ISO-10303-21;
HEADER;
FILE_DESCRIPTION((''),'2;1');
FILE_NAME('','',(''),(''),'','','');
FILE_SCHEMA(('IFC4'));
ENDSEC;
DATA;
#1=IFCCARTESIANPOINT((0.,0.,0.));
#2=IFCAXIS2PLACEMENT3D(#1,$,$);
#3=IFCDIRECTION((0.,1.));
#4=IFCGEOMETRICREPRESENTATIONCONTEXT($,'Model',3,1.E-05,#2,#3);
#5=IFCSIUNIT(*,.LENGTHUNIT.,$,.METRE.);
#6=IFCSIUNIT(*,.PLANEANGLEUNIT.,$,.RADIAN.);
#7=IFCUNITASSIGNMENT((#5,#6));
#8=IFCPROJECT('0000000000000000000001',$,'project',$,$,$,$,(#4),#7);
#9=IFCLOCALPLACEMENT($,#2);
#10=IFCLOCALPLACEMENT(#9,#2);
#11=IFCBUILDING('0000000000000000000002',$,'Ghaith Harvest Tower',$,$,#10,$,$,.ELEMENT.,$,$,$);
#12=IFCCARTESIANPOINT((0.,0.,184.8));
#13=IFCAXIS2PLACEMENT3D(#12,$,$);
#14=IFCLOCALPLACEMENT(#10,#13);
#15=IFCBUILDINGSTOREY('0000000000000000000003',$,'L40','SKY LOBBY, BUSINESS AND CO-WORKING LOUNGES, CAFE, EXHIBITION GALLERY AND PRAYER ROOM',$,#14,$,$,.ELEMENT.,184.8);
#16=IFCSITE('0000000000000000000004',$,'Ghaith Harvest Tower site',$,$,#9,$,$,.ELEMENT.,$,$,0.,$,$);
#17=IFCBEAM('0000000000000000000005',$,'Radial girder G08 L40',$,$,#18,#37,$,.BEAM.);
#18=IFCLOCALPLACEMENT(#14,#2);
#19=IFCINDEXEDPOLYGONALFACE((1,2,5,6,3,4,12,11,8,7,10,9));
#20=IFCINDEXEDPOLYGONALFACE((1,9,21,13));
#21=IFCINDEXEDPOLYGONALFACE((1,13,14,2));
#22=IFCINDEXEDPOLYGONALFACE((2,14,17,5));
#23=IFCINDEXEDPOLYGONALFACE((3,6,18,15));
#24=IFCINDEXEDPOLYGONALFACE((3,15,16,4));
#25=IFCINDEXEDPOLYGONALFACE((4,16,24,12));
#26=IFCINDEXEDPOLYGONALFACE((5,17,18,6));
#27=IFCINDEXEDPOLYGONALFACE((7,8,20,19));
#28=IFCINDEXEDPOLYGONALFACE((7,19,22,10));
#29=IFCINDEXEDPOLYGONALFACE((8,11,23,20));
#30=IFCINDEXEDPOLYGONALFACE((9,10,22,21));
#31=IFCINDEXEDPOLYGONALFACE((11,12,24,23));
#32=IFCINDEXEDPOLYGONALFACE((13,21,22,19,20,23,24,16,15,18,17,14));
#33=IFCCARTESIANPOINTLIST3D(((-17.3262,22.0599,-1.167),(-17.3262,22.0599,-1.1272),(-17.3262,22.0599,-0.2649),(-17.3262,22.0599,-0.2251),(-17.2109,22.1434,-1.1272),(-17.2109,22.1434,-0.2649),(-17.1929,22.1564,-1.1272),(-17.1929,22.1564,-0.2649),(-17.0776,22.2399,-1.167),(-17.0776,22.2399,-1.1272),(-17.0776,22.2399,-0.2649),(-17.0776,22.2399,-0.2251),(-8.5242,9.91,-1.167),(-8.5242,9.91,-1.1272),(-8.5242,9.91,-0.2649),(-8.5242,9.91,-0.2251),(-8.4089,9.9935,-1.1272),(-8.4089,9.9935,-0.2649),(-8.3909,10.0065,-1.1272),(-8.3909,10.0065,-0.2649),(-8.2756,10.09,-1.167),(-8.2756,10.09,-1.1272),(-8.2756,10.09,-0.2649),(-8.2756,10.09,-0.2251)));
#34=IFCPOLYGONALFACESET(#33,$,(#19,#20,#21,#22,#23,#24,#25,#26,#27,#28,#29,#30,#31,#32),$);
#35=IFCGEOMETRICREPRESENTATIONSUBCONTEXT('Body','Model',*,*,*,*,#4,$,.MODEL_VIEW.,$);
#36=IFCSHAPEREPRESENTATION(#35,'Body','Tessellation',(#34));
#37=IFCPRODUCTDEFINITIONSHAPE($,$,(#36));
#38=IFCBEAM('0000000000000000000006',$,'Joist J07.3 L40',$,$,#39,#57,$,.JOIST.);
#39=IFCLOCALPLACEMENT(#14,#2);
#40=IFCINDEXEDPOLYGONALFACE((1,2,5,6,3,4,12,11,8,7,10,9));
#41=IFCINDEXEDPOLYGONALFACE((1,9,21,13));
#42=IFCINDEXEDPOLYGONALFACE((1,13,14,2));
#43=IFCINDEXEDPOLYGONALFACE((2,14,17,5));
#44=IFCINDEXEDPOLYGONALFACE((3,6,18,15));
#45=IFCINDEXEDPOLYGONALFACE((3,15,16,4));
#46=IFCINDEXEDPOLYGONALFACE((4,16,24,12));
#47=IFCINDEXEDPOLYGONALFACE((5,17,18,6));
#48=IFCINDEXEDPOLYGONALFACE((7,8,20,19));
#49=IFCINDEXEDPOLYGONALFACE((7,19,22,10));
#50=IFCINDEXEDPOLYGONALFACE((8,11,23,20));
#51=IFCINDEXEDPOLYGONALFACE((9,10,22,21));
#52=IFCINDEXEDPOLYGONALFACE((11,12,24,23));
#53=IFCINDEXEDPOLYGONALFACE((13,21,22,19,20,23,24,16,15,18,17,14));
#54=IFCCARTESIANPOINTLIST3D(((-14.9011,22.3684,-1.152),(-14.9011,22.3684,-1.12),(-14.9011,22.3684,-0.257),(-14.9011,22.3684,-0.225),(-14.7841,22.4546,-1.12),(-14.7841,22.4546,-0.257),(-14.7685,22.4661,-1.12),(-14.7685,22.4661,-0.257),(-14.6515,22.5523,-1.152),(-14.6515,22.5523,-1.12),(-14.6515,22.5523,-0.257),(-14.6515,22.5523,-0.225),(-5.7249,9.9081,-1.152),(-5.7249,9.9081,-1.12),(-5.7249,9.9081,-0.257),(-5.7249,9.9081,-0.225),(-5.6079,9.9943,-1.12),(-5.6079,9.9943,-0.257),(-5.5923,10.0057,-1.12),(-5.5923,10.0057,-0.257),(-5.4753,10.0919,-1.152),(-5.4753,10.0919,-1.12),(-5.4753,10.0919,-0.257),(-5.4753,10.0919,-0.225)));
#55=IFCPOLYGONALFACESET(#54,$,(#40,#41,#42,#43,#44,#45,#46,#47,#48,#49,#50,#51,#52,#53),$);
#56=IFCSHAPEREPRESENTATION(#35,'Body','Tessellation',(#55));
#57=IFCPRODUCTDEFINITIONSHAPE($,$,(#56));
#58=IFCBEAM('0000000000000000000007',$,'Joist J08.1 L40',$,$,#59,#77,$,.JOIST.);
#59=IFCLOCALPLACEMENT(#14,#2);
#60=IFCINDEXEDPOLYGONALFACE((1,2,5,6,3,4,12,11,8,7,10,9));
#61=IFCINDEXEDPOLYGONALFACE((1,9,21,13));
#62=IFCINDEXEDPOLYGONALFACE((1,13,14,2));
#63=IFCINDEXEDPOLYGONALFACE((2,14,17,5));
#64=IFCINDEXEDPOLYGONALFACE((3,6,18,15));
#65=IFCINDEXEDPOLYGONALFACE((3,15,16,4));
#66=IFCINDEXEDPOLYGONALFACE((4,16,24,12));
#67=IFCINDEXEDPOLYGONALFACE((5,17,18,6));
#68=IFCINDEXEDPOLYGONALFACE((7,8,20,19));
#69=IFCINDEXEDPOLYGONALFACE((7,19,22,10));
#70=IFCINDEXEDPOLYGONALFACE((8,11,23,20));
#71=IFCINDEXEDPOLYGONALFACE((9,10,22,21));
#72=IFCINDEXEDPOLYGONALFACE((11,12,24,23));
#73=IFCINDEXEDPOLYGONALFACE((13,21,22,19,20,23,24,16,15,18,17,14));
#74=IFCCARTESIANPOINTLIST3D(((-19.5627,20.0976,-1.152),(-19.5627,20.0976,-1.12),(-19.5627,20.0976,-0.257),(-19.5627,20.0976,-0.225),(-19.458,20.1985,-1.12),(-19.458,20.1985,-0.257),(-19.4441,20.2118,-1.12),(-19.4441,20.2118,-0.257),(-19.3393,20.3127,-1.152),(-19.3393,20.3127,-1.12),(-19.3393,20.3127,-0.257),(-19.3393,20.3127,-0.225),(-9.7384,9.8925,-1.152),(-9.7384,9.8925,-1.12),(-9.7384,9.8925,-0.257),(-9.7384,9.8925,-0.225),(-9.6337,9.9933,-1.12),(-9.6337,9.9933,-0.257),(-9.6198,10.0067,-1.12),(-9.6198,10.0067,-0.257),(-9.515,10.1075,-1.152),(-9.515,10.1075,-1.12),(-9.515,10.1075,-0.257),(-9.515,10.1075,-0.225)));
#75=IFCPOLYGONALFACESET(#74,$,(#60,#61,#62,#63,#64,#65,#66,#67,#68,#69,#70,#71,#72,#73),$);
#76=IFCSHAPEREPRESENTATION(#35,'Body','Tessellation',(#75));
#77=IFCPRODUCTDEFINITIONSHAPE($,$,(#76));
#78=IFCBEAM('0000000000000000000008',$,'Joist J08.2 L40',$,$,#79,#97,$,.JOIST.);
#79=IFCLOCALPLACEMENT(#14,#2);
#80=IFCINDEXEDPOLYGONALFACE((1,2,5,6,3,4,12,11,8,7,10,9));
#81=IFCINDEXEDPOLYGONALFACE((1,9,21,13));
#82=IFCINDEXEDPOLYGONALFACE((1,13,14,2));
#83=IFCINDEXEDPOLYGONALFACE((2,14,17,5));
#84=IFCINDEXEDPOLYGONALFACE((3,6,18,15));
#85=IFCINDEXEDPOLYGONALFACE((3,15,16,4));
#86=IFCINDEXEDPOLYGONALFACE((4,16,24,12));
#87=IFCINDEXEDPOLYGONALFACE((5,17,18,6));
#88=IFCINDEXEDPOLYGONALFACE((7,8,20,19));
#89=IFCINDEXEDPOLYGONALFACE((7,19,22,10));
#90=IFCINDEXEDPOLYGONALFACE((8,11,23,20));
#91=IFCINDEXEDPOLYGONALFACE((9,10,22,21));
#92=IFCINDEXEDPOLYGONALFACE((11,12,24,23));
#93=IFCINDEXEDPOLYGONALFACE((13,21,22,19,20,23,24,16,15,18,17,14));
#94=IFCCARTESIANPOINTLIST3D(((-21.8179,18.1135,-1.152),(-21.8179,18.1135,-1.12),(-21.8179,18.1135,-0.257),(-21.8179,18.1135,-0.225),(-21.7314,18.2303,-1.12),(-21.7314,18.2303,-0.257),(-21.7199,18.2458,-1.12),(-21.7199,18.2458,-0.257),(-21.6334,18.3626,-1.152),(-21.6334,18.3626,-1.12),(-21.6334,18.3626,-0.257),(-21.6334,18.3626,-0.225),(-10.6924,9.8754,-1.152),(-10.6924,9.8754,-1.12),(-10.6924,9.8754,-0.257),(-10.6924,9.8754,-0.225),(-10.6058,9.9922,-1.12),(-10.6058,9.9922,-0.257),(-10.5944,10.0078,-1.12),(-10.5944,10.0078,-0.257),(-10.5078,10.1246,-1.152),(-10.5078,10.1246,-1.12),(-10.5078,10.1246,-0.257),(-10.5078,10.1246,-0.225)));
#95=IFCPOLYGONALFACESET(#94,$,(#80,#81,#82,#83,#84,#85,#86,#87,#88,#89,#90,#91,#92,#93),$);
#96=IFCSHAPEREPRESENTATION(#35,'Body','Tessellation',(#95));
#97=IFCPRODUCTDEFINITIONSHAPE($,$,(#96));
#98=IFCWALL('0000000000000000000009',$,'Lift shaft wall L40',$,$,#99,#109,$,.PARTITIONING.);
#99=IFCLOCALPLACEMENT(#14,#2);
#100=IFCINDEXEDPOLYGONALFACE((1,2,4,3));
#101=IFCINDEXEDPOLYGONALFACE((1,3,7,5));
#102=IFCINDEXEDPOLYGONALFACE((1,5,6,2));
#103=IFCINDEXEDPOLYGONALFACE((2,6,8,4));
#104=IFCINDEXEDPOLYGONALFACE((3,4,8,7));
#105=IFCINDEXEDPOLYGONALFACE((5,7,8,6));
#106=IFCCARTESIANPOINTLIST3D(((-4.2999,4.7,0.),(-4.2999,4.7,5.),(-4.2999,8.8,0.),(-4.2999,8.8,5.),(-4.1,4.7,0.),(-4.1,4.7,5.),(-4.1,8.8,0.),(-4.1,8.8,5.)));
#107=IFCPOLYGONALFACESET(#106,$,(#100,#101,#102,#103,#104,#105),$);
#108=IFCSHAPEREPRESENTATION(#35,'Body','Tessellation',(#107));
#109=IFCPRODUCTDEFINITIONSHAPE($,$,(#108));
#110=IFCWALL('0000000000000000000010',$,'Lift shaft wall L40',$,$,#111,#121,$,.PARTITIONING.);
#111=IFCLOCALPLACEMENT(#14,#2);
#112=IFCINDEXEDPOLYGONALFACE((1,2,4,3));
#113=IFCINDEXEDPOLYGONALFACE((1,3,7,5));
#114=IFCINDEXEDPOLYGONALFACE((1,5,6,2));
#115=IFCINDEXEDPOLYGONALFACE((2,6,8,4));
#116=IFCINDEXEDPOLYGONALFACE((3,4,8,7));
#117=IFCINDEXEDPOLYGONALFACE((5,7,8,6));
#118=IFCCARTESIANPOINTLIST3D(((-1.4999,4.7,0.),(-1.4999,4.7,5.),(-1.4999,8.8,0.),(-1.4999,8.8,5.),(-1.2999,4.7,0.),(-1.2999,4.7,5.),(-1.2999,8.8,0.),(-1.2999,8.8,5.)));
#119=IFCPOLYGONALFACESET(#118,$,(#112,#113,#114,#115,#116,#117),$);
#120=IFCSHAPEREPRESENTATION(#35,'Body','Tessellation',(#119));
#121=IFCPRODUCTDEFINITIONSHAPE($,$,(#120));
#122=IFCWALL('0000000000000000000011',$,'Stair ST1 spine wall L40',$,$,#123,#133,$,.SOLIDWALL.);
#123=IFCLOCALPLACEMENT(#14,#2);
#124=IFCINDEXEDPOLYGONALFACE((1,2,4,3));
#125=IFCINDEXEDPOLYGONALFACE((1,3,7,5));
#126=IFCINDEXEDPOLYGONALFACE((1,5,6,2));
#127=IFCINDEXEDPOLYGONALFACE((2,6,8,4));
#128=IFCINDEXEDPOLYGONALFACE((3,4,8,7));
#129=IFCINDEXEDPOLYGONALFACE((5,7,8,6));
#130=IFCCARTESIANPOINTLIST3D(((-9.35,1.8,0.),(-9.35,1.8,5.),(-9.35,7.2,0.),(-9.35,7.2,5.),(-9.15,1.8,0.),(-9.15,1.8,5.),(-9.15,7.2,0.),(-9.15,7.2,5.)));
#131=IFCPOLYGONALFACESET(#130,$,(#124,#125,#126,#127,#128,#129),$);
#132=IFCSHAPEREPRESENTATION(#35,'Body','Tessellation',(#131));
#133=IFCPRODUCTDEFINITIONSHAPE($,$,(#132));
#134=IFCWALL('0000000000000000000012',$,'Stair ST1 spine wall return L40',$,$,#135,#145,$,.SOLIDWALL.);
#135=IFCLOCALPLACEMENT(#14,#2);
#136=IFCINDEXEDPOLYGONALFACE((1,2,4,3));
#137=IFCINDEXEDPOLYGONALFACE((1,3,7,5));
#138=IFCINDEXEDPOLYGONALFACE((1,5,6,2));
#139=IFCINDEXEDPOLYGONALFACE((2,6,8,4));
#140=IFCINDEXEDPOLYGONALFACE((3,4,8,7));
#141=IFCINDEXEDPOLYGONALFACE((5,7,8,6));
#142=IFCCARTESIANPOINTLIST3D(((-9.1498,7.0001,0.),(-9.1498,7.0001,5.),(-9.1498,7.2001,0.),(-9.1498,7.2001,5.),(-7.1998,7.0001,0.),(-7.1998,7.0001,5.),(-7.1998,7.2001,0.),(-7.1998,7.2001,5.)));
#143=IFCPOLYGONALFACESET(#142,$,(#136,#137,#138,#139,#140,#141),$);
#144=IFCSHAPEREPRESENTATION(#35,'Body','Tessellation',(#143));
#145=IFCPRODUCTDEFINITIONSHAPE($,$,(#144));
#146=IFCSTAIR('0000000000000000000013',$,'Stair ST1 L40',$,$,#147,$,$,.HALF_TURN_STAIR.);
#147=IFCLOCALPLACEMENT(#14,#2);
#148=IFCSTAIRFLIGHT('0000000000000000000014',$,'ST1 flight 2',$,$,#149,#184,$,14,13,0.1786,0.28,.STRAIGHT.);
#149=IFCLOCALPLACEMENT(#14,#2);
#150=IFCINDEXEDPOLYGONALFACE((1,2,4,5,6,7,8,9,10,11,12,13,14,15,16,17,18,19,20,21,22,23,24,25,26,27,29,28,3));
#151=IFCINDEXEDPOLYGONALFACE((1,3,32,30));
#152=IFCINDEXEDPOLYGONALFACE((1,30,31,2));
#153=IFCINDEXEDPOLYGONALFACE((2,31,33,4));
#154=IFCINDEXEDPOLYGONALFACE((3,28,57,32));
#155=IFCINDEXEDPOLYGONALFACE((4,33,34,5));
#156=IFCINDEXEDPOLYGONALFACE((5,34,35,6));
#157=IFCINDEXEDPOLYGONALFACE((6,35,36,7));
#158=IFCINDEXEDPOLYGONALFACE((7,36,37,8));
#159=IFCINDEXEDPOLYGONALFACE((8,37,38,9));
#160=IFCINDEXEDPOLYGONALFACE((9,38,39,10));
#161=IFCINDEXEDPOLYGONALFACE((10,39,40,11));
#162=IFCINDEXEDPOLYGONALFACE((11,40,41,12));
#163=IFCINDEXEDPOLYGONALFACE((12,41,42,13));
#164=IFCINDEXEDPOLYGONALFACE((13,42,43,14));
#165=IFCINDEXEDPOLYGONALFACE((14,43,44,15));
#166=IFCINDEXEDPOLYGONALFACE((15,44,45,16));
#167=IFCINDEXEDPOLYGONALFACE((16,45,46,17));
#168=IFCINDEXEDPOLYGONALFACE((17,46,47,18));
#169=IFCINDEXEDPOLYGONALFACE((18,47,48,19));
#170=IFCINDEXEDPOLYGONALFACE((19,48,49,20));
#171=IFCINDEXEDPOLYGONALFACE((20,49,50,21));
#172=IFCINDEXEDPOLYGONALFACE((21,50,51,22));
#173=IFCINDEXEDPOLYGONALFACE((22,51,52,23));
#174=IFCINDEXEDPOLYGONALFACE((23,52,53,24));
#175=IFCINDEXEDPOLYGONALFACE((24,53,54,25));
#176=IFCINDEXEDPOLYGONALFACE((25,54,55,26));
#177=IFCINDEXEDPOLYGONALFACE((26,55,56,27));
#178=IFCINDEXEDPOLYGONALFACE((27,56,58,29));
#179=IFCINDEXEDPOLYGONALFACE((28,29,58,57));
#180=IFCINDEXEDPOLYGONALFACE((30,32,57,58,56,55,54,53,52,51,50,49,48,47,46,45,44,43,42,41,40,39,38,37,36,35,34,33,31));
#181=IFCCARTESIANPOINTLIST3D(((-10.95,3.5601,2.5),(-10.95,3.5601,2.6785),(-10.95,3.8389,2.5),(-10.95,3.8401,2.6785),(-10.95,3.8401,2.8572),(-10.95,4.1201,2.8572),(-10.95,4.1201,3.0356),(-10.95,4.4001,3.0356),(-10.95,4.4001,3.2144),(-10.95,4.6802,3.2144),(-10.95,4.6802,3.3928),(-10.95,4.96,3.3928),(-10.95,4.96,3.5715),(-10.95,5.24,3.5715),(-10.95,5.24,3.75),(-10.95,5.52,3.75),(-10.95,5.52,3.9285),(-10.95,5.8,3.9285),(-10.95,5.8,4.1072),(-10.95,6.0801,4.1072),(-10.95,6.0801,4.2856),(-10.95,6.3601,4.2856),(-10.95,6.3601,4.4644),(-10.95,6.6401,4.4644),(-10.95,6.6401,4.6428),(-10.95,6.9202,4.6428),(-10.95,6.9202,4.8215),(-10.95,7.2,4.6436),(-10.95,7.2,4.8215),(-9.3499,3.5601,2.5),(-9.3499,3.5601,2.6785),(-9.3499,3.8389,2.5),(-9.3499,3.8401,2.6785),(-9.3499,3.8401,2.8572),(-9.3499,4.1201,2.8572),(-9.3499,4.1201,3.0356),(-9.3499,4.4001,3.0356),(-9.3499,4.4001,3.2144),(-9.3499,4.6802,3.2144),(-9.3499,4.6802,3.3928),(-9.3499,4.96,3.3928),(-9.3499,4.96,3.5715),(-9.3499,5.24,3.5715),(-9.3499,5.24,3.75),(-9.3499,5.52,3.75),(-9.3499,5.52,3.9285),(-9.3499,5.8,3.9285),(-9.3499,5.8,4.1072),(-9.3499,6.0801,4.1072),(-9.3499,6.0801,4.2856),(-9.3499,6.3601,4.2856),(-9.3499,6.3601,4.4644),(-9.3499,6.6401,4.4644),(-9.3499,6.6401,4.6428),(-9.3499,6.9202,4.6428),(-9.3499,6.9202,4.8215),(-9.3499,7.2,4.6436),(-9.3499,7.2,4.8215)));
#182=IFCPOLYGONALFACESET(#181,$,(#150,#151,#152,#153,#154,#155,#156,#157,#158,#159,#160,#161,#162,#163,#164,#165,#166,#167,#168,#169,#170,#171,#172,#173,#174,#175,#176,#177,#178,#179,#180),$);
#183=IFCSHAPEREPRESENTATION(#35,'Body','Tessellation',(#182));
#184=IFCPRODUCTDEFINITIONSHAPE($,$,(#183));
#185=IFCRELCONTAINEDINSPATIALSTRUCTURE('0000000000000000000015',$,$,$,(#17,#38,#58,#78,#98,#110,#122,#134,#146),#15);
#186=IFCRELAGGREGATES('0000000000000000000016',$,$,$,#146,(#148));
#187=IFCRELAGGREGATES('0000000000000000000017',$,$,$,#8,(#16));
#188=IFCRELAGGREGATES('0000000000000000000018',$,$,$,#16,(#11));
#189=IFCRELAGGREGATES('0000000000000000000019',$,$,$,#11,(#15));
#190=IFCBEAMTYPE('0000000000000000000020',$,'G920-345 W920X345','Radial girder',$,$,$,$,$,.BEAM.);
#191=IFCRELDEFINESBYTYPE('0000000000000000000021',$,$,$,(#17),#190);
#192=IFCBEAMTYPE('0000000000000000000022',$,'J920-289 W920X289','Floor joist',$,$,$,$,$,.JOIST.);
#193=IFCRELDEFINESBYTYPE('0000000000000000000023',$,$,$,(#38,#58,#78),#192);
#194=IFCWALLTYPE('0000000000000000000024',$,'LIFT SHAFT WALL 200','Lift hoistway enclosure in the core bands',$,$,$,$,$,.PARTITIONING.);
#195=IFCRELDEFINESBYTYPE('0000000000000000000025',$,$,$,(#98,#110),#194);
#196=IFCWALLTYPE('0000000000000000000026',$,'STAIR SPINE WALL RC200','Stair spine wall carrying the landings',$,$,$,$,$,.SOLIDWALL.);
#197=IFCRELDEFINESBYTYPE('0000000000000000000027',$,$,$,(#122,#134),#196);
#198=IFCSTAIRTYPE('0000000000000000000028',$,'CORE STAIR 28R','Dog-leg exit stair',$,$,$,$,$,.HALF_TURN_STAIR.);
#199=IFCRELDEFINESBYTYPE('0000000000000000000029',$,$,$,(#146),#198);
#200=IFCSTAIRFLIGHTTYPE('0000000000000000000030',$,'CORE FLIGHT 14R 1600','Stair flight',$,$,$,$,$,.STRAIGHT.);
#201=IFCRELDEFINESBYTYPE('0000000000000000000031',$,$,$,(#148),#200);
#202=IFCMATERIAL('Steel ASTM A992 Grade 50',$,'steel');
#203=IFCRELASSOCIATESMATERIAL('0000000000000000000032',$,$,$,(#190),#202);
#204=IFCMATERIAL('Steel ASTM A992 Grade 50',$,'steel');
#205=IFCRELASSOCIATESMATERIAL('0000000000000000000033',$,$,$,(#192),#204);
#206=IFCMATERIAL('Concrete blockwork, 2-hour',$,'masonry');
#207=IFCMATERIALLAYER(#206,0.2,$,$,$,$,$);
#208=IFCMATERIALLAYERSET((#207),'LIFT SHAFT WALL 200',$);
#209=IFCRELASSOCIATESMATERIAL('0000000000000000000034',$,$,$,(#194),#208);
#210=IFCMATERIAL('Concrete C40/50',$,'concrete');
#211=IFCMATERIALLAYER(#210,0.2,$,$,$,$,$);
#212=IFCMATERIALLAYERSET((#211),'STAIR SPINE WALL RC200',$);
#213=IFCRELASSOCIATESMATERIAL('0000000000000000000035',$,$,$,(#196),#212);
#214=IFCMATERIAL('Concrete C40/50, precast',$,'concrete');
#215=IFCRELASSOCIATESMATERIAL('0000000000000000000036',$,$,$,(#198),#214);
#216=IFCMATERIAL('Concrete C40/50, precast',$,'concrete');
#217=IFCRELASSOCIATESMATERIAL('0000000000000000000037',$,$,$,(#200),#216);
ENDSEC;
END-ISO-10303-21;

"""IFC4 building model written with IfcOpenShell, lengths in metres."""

from ifc_helpers import new_model, si_unit, direction, frame, frame_2d, origin, origin_2d, place, context, subcontext, project, spatial, polyline, rectangle, i_section, outline, extrude, material, layer, layer_set, material_profile, profile_set, type_object, element, aggregate, save


model = new_model("IFC4")

# Units and contexts
model_context = context("Model", 3, precision=1e-05, world=origin(), true_north=direction((0.0, 1.0)))
body_context = subcontext(model_context, "Body", "Model", "MODEL_VIEW")
ifc_project = project(units=[si_unit("LENGTHUNIT", "METRE"), si_unit("PLANEANGLEUNIT", "RADIAN")], contexts=[model_context])

# Site, building, storey
site_placement = place(None, origin())
site = spatial("IfcSite", under=ifc_project, at=site_placement, Name="Ghaith Harvest Tower site", CompositionType="ELEMENT", RefElevation=0.0)
building_placement = place(site_placement, origin())
building = spatial("IfcBuilding", under=site, at=building_placement, Name="Ghaith Harvest Tower", CompositionType="ELEMENT")
storey_placement = place(building_placement, frame((0.0, 0.0, 184.8)))
storey = spatial("IfcBuildingStorey", under=building, at=storey_placement, Name="L40", Description="SKY LOBBY, BUSINESS AND CO-WORKING LOUNGES, CAFE, EXHIBITION GALLERY AND PRAYER ROOM", CompositionType="ELEMENT", Elevation=184.8)

# Beams
ifc_material_1 = material(Name="Steel ASTM A992 Grade 50", Category="steel")
ifc_material_profile_1 = material_profile(ifc_material_1, i_section(OverallWidth=0.3069, OverallDepth=0.9419, WebThickness=0.0222, FlangeThickness=0.0398, at=origin_2d()), Name="W920X345")
ifc_profile_set_1 = profile_set([ifc_material_profile_1], Name="Steel ASTM A992 Grade 50")
beam_type_1 = type_object("IfcBeamType", Name="G920-345 W920X345", Description="Radial girder", PredefinedType="BEAM", material=ifc_profile_set_1)
beam_1_placement = place(storey_placement, frame((-8.3999, 10.0, -0.696), z_axis=(-0.586676, 0.809822, 0.0), x_axis=(-0.809822, -0.586676, 0.0)))
element("IfcBeam", 1, at=beam_1_placement, inside=storey, type_object=beam_type_1, Name="Radial girder G08 L40", PredefinedType="BEAM", context=body_context, shape_type="SweptSolid", body=[
    extrude(i_section(OverallWidth=0.3069, OverallDepth=0.9419, WebThickness=0.0222, FlangeThickness=0.0398, at=origin_2d()), origin(), (0.0, 0.0, 1.0), 15.0032),
])
ifc_material_2 = material(Name="Steel ASTM A992 Grade 50", Category="steel")
ifc_material_profile_2 = material_profile(ifc_material_2, i_section(OverallWidth=0.3101, OverallDepth=0.927, WebThickness=0.0193, FlangeThickness=0.032, at=origin_2d()), Name="W920X289")
ifc_profile_set_2 = profile_set([ifc_material_profile_2], Name="Steel ASTM A992 Grade 50")
beam_type_2 = type_object("IfcBeamType", Name="J920-289 W920X289", Description="Floor joist", PredefinedType="JOIST", material=ifc_profile_set_2)
beam_2_placement = place(storey_placement, frame((-5.6001, 10.0, -0.6885), z_axis=(-0.592985, 0.805214, 0.0), x_axis=(-0.805214, -0.592985, 0.0)))
element("IfcBeam", 2, at=beam_2_placement, inside=storey, type_object=beam_type_2, Name="Joist J07.3 L40", PredefinedType="JOIST", context=body_context, shape_type="SweptSolid", body=[
    extrude(i_section(OverallWidth=0.3101, OverallDepth=0.927, WebThickness=0.0193, FlangeThickness=0.032, at=origin_2d()), origin(), (0.0, 0.0, 1.0), 15.4746),
])
beam_3_placement = place(storey_placement, frame((-9.6267, 10.0, -0.6885), z_axis=(-0.693536, 0.720422, 0.0), x_axis=(-0.720422, -0.693536, 0.0)))
element("IfcBeam", 3, at=beam_3_placement, inside=storey, type_object=beam_type_2, Name="Joist J08.1 L40", PredefinedType="JOIST", context=body_context, shape_type="SweptSolid", body=[
    extrude(i_section(OverallWidth=0.3101, OverallDepth=0.927, WebThickness=0.0193, FlangeThickness=0.032, at=origin_2d()), origin(), (0.0, 0.0, 1.0), 14.1655),
])
beam_4_placement = place(storey_placement, frame((-10.6001, 10.0, -0.6885), z_axis=(-0.803663, 0.595085, 0.0), x_axis=(-0.595085, -0.803663, 0.0)))
element("IfcBeam", 4, at=beam_4_placement, inside=storey, type_object=beam_type_2, Name="Joist J08.2 L40", PredefinedType="JOIST", context=body_context, shape_type="SweptSolid", body=[
    extrude(i_section(OverallWidth=0.3101, OverallDepth=0.927, WebThickness=0.0193, FlangeThickness=0.032, at=origin_2d()), origin(), (0.0, 0.0, 1.0), 13.8435),
])

# Walls
ifc_material_3 = material(Name="Concrete blockwork, 2-hour", Category="masonry")
ifc_layer_1 = layer(ifc_material_3, 0.2)
ifc_layer_set_1 = layer_set([ifc_layer_1], Name="LIFT SHAFT WALL 200")
wall_type_1 = type_object("IfcWallType", Name="LIFT SHAFT WALL 200", Description="Lift hoistway enclosure in the core bands", PredefinedType="PARTITIONING", material=ifc_layer_set_1)
for number, where, z_axis, x_axis, name in (
    (5, (-4.2, 4.7, 0.0), (0.0, 0.0, 1.0), (0.0, 1.0, 0.0), "Lift shaft wall L40"),
    (6, (-1.3999, 4.7, 0.0), (0.0, 0.0, 1.0), (0.0, 1.0, 0.0), "Lift shaft wall L40"),
):
    element("IfcWall", number, at=place(storey_placement, frame(where, z_axis=z_axis, x_axis=x_axis)), inside=storey, type_object=wall_type_1, Name=name, PredefinedType="PARTITIONING", context=body_context, shape_type="SweptSolid", body=[
        extrude(rectangle(XDim=4.1001, YDim=0.2, at=frame_2d((2.05, 0.0))), origin(), (0.0, 0.0, 1.0), 5.0),
    ])

# Walls
ifc_material_4 = material(Name="Concrete C40/50", Category="concrete")
ifc_layer_2 = layer(ifc_material_4, 0.2)
ifc_layer_set_2 = layer_set([ifc_layer_2], Name="STAIR SPINE WALL RC200")
wall_type_2 = type_object("IfcWallType", Name="STAIR SPINE WALL RC200", Description="Stair spine wall carrying the landings", PredefinedType="SOLIDWALL", material=ifc_layer_set_2)
wall_1_placement = place(storey_placement, frame((-9.25, 7.2, 0.0), z_axis=(0.0, 0.0, 1.0), x_axis=(0.0, -1.0, 0.0)))
element("IfcWall", 7, at=wall_1_placement, inside=storey, type_object=wall_type_2, Name="Stair ST1 spine wall L40", PredefinedType="SOLIDWALL", context=body_context, shape_type="SweptSolid", body=[
    extrude(rectangle(XDim=5.3999, YDim=0.2, at=frame_2d((2.7, 0.0))), origin(), (0.0, 0.0, 1.0), 5.0),
])
wall_2_placement = place(storey_placement, frame((-9.1499, 7.1001, 0.0), z_axis=(0.0, 0.0, 1.0), x_axis=(1.0, 0.0, 0.0)))
element("IfcWall", 8, at=wall_2_placement, inside=storey, type_object=wall_type_2, Name="Stair ST1 spine wall return L40", PredefinedType="SOLIDWALL", context=body_context, shape_type="SweptSolid", body=[
    extrude(rectangle(XDim=1.95, YDim=0.2, at=frame_2d((0.9751, 0.0))), origin(), (0.0, 0.0, 1.0), 5.0),
])

# Stair, stair flight
ifc_material_5 = material(Name="Concrete C40/50, precast", Category="concrete")
stair_type = type_object("IfcStairType", Name="CORE STAIR 28R", Description="Dog-leg exit stair", PredefinedType="HALF_TURN_STAIR", material=ifc_material_5)
stair_placement = place(storey_placement, origin())
stair = element("IfcStair", 9, at=stair_placement, inside=storey, type_object=stair_type, Name="Stair ST1 L40", PredefinedType="HALF_TURN_STAIR")
ifc_material_6 = material(Name="Concrete C40/50, precast", Category="concrete")
stair_flight_type = type_object("IfcStairFlightType", Name="CORE FLIGHT 14R 1600", Description="Stair flight", PredefinedType="STRAIGHT", material=ifc_material_6)
stair_flight_placement = place(storey_placement, frame((-10.1499, 3.5601, 2.5), z_axis=(0.0, 0.0, 1.0), x_axis=(0.0, 1.0, 0.0)))
stair_flight = element("IfcStairFlight", 10, at=stair_flight_placement, type_object=stair_flight_type, Name="ST1 flight 2", NumberOfRisers=14, NumberOfTreads=13, PredefinedType="STRAIGHT", RiserHeight=0.1786, TreadLength=0.28, context=body_context, shape_type="SweptSolid", body=[
    extrude(outline(polyline([(0.0, 0.0), (0.0, 0.1785), (0.28, 0.1785), (0.28, 0.3572), (0.5601, 0.3572), (0.5601, 0.5356), (0.8401, 0.5356), (0.8401, 0.7144), (1.1201, 0.7144), (1.1201, 0.8928), (1.3999, 0.8928), (1.3999, 1.0715), (1.6799, 1.0715), (1.6799, 1.25), (1.96, 1.25), (1.96, 1.4285), (2.24, 1.4285), (2.24, 1.6072), (2.52, 1.6072), (2.52, 1.7856), (2.8, 1.7856), (2.8, 1.9644), (3.0801, 1.9644), (3.0801, 2.1428), (3.3601, 2.1428), (3.3601, 2.3215), (3.6399, 2.3215), (3.6399, 2.5), (3.6399, 2.1436), (0.2788, 0.0), (0.0, 0.0)])), frame((0.0, 0.8, 0.0), z_axis=(0.0, -1.0, 0.0), x_axis=(1.0, 0.0, 0.0)), (0.0, 0.0, 1.0), 1.6001),
])
aggregate(stair, [stair_flight])

save(model, "model.ifc")
